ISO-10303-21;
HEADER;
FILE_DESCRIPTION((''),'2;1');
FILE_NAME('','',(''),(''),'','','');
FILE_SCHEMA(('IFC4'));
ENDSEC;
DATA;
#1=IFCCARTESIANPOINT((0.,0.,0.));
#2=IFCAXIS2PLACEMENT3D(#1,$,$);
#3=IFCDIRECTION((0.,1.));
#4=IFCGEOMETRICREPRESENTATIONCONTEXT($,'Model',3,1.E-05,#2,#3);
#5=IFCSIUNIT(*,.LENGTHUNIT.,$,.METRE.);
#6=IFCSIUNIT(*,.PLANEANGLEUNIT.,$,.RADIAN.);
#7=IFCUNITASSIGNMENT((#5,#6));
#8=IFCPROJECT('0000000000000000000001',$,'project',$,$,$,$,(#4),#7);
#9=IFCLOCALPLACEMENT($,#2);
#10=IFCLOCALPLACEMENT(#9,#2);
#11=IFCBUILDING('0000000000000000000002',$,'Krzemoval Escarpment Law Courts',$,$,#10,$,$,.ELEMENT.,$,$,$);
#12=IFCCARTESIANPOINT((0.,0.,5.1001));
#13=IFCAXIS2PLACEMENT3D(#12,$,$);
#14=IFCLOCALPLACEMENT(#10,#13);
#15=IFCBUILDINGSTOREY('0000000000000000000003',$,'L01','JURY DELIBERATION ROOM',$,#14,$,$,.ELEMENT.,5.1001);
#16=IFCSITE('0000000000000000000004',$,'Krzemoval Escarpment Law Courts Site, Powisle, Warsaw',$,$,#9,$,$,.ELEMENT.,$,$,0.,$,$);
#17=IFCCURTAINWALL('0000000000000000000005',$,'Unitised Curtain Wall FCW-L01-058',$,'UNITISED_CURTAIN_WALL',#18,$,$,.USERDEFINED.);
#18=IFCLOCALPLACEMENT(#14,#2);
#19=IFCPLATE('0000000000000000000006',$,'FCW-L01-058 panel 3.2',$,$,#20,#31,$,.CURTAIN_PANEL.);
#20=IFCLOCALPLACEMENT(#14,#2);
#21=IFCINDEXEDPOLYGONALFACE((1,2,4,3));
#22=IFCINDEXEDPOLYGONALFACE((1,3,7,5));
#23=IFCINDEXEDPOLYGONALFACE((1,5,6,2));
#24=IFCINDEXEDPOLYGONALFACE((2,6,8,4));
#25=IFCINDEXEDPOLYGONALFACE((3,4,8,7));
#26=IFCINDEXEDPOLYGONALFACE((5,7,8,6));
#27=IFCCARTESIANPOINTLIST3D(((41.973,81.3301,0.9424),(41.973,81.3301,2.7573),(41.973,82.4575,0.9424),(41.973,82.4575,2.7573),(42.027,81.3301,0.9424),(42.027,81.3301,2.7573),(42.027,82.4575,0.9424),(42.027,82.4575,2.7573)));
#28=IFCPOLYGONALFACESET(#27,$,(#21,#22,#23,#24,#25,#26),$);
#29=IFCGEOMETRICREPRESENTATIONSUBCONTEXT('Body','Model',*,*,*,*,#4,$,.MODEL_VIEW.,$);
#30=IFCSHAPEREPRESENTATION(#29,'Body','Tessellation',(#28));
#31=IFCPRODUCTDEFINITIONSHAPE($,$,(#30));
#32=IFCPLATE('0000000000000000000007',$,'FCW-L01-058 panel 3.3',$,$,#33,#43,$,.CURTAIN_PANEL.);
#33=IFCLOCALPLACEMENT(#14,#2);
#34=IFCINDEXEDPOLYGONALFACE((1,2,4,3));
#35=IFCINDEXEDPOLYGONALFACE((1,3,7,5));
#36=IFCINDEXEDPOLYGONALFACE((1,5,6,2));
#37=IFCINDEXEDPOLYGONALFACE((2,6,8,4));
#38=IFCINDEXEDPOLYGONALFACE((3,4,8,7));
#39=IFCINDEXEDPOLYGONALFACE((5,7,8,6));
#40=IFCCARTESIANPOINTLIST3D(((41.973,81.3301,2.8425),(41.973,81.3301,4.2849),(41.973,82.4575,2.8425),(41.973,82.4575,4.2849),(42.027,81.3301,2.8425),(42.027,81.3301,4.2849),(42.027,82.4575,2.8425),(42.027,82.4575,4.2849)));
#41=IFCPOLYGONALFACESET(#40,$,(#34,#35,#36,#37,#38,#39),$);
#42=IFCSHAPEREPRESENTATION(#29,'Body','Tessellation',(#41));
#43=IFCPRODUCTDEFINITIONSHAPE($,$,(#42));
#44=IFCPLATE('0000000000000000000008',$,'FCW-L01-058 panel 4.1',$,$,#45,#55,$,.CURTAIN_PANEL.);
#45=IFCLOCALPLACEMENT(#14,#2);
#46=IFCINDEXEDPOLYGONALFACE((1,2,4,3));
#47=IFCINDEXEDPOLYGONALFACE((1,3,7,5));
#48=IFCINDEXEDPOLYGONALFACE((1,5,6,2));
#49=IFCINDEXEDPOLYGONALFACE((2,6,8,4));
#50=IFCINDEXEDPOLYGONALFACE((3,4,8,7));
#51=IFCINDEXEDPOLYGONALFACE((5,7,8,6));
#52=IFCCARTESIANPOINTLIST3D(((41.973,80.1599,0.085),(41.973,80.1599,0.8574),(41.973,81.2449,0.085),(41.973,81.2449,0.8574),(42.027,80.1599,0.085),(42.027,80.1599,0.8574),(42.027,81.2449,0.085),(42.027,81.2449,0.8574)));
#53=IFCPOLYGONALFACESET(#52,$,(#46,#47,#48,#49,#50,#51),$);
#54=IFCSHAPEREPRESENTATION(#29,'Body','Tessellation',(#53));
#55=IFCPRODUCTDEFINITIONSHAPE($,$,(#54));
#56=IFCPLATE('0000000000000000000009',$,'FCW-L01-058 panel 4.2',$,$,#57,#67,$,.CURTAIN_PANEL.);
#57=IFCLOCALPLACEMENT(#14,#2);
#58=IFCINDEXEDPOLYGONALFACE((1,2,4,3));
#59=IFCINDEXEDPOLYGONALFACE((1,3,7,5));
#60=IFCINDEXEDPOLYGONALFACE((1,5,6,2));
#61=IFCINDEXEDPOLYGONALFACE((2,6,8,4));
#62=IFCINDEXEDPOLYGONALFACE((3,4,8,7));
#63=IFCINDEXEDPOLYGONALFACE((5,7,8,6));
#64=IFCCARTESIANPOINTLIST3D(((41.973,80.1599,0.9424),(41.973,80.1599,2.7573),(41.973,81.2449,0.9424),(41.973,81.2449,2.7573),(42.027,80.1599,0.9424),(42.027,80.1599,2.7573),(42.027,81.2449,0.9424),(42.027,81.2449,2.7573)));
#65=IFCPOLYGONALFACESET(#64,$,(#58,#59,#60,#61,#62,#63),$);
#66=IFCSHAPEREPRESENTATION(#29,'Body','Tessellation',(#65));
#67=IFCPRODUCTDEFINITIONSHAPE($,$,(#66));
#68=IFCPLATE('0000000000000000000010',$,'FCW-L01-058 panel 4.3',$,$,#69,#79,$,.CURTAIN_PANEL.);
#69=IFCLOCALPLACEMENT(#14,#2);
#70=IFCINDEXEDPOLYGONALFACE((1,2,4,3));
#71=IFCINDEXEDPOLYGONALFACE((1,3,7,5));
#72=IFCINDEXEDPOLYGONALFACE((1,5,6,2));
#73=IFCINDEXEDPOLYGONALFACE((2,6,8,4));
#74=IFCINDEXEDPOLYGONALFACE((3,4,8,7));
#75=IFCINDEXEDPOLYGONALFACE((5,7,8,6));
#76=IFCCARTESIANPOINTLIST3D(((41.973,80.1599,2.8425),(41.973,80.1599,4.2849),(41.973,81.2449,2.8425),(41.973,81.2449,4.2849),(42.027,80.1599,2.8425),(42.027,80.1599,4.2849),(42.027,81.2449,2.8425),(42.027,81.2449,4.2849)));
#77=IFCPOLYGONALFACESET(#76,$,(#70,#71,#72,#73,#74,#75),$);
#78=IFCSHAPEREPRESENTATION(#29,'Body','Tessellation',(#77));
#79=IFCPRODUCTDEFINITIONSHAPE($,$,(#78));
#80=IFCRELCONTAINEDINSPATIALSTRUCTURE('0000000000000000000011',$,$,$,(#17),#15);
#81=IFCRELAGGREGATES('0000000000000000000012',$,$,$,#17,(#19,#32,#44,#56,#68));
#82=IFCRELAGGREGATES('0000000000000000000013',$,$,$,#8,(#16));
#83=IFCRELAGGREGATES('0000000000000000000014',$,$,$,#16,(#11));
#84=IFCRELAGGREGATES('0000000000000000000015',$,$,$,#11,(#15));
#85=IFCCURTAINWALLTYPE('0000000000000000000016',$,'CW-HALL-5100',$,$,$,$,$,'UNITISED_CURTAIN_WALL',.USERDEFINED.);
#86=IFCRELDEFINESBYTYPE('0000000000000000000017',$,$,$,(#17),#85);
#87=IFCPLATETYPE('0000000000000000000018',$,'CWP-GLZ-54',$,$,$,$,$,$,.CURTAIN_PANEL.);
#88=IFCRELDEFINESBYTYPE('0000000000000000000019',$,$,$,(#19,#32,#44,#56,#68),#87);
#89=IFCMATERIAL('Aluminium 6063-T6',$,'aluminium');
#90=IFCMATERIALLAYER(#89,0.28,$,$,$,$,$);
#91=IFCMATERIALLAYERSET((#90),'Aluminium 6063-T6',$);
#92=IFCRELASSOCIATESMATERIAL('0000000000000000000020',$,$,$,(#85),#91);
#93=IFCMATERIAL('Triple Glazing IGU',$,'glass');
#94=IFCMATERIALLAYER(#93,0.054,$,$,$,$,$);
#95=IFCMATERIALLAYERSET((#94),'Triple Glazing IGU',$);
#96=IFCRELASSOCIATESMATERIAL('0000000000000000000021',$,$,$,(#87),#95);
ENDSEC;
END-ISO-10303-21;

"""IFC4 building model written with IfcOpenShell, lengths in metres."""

from ifc_helpers import new_model, si_unit, direction, frame, origin, origin_2d, place, context, subcontext, project, spatial, rectangle, extrude, material, layer, layer_set, type_object, element, aggregate, save


model = new_model("IFC4")

# Units and contexts
model_context = context("Model", 3, precision=1e-05, world=origin(), true_north=direction((0.0, 1.0)))
body_context = subcontext(model_context, "Body", "Model", "MODEL_VIEW")
ifc_project = project(units=[si_unit("LENGTHUNIT", "METRE"), si_unit("PLANEANGLEUNIT", "RADIAN")], contexts=[model_context])

# Site, building, storey
site_placement = place(None, origin())
site = spatial("IfcSite", under=ifc_project, at=site_placement, Name="Krzemoval Escarpment Law Courts Site, Powisle, Warsaw", CompositionType="ELEMENT", RefElevation=0.0)
building_placement = place(site_placement, origin())
building = spatial("IfcBuilding", under=site, at=building_placement, Name="Krzemoval Escarpment Law Courts", CompositionType="ELEMENT")
storey_placement = place(building_placement, frame((0.0, 0.0, 5.1001)))
storey = spatial("IfcBuildingStorey", under=building, at=storey_placement, Name="L01", Description="JURY DELIBERATION ROOM", CompositionType="ELEMENT", Elevation=5.1001)

# Curtain wall
ifc_material_1 = material(Name="Aluminium 6063-T6", Category="aluminium")
ifc_layer_1 = layer(ifc_material_1, 0.28)
ifc_layer_set_1 = layer_set([ifc_layer_1], Name="Aluminium 6063-T6")
curtain_wall_type = type_object("IfcCurtainWallType", Name="CW-HALL-5100", ElementType="UNITISED_CURTAIN_WALL", PredefinedType="USERDEFINED", material=ifc_layer_set_1)
curtain_wall_placement = place(storey_placement, origin())
curtain_wall = element("IfcCurtainWall", 1, at=curtain_wall_placement, inside=storey, type_object=curtain_wall_type, Name="Unitised Curtain Wall FCW-L01-058", ObjectType="UNITISED_CURTAIN_WALL", PredefinedType="USERDEFINED")

# Plates
ifc_material_2 = material(Name="Triple Glazing IGU", Category="glass")
ifc_layer_2 = layer(ifc_material_2, 0.054)
ifc_layer_set_2 = layer_set([ifc_layer_2], Name="Triple Glazing IGU")
plate_type = type_object("IfcPlateType", Name="CWP-GLZ-54", PredefinedType="CURTAIN_PANEL", material=ifc_layer_set_2)
plate_1_placement = place(storey_placement, frame((42.0, 81.8938, 0.9424), z_axis=(0.0, 0.0, 1.0), x_axis=(0.0, -1.0, 0.0)))
plate_1 = element("IfcPlate", 2, at=plate_1_placement, type_object=plate_type, Name="FCW-L01-058 panel 3.2", PredefinedType="CURTAIN_PANEL", context=body_context, shape_type="SweptSolid", body=[
    extrude(rectangle(XDim=1.1274, YDim=0.054, at=origin_2d()), origin(), (0.0, 0.0, 1.0), 1.8149),
])
plate_2_placement = place(storey_placement, frame((42.0, 81.8938, 2.8425), z_axis=(0.0, 0.0, 1.0), x_axis=(0.0, -1.0, 0.0)))
plate_2 = element("IfcPlate", 3, at=plate_2_placement, type_object=plate_type, Name="FCW-L01-058 panel 3.3", PredefinedType="CURTAIN_PANEL", context=body_context, shape_type="SweptSolid", body=[
    extrude(rectangle(XDim=1.1274, YDim=0.054, at=origin_2d()), origin(), (0.0, 0.0, 1.0), 1.4424),
])
plate_3_placement = place(storey_placement, frame((42.0, 80.7024, 0.085), z_axis=(0.0, 0.0, 1.0), x_axis=(0.0, -1.0, 0.0)))
plate_3 = element("IfcPlate", 4, at=plate_3_placement, type_object=plate_type, Name="FCW-L01-058 panel 4.1", PredefinedType="CURTAIN_PANEL", context=body_context, shape_type="SweptSolid", body=[
    extrude(rectangle(XDim=1.085, YDim=0.054, at=origin_2d()), origin(), (0.0, 0.0, 1.0), 0.7725),
])
plate_4_placement = place(storey_placement, frame((42.0, 80.7024, 0.9424), z_axis=(0.0, 0.0, 1.0), x_axis=(0.0, -1.0, 0.0)))
plate_4 = element("IfcPlate", 5, at=plate_4_placement, type_object=plate_type, Name="FCW-L01-058 panel 4.2", PredefinedType="CURTAIN_PANEL", context=body_context, shape_type="SweptSolid", body=[
    extrude(rectangle(XDim=1.085, YDim=0.054, at=origin_2d()), origin(), (0.0, 0.0, 1.0), 1.8149),
])
plate_5_placement = place(storey_placement, frame((42.0, 80.7024, 2.8425), z_axis=(0.0, 0.0, 1.0), x_axis=(0.0, -1.0, 0.0)))
plate_5 = element("IfcPlate", 6, at=plate_5_placement, type_object=plate_type, Name="FCW-L01-058 panel 4.3", PredefinedType="CURTAIN_PANEL", context=body_context, shape_type="SweptSolid", body=[
    extrude(rectangle(XDim=1.085, YDim=0.054, at=origin_2d()), origin(), (0.0, 0.0, 1.0), 1.4424),
])
aggregate(curtain_wall, [plate_1, plate_2, plate_3, plate_4, plate_5])

save(model, "model.ifc")
